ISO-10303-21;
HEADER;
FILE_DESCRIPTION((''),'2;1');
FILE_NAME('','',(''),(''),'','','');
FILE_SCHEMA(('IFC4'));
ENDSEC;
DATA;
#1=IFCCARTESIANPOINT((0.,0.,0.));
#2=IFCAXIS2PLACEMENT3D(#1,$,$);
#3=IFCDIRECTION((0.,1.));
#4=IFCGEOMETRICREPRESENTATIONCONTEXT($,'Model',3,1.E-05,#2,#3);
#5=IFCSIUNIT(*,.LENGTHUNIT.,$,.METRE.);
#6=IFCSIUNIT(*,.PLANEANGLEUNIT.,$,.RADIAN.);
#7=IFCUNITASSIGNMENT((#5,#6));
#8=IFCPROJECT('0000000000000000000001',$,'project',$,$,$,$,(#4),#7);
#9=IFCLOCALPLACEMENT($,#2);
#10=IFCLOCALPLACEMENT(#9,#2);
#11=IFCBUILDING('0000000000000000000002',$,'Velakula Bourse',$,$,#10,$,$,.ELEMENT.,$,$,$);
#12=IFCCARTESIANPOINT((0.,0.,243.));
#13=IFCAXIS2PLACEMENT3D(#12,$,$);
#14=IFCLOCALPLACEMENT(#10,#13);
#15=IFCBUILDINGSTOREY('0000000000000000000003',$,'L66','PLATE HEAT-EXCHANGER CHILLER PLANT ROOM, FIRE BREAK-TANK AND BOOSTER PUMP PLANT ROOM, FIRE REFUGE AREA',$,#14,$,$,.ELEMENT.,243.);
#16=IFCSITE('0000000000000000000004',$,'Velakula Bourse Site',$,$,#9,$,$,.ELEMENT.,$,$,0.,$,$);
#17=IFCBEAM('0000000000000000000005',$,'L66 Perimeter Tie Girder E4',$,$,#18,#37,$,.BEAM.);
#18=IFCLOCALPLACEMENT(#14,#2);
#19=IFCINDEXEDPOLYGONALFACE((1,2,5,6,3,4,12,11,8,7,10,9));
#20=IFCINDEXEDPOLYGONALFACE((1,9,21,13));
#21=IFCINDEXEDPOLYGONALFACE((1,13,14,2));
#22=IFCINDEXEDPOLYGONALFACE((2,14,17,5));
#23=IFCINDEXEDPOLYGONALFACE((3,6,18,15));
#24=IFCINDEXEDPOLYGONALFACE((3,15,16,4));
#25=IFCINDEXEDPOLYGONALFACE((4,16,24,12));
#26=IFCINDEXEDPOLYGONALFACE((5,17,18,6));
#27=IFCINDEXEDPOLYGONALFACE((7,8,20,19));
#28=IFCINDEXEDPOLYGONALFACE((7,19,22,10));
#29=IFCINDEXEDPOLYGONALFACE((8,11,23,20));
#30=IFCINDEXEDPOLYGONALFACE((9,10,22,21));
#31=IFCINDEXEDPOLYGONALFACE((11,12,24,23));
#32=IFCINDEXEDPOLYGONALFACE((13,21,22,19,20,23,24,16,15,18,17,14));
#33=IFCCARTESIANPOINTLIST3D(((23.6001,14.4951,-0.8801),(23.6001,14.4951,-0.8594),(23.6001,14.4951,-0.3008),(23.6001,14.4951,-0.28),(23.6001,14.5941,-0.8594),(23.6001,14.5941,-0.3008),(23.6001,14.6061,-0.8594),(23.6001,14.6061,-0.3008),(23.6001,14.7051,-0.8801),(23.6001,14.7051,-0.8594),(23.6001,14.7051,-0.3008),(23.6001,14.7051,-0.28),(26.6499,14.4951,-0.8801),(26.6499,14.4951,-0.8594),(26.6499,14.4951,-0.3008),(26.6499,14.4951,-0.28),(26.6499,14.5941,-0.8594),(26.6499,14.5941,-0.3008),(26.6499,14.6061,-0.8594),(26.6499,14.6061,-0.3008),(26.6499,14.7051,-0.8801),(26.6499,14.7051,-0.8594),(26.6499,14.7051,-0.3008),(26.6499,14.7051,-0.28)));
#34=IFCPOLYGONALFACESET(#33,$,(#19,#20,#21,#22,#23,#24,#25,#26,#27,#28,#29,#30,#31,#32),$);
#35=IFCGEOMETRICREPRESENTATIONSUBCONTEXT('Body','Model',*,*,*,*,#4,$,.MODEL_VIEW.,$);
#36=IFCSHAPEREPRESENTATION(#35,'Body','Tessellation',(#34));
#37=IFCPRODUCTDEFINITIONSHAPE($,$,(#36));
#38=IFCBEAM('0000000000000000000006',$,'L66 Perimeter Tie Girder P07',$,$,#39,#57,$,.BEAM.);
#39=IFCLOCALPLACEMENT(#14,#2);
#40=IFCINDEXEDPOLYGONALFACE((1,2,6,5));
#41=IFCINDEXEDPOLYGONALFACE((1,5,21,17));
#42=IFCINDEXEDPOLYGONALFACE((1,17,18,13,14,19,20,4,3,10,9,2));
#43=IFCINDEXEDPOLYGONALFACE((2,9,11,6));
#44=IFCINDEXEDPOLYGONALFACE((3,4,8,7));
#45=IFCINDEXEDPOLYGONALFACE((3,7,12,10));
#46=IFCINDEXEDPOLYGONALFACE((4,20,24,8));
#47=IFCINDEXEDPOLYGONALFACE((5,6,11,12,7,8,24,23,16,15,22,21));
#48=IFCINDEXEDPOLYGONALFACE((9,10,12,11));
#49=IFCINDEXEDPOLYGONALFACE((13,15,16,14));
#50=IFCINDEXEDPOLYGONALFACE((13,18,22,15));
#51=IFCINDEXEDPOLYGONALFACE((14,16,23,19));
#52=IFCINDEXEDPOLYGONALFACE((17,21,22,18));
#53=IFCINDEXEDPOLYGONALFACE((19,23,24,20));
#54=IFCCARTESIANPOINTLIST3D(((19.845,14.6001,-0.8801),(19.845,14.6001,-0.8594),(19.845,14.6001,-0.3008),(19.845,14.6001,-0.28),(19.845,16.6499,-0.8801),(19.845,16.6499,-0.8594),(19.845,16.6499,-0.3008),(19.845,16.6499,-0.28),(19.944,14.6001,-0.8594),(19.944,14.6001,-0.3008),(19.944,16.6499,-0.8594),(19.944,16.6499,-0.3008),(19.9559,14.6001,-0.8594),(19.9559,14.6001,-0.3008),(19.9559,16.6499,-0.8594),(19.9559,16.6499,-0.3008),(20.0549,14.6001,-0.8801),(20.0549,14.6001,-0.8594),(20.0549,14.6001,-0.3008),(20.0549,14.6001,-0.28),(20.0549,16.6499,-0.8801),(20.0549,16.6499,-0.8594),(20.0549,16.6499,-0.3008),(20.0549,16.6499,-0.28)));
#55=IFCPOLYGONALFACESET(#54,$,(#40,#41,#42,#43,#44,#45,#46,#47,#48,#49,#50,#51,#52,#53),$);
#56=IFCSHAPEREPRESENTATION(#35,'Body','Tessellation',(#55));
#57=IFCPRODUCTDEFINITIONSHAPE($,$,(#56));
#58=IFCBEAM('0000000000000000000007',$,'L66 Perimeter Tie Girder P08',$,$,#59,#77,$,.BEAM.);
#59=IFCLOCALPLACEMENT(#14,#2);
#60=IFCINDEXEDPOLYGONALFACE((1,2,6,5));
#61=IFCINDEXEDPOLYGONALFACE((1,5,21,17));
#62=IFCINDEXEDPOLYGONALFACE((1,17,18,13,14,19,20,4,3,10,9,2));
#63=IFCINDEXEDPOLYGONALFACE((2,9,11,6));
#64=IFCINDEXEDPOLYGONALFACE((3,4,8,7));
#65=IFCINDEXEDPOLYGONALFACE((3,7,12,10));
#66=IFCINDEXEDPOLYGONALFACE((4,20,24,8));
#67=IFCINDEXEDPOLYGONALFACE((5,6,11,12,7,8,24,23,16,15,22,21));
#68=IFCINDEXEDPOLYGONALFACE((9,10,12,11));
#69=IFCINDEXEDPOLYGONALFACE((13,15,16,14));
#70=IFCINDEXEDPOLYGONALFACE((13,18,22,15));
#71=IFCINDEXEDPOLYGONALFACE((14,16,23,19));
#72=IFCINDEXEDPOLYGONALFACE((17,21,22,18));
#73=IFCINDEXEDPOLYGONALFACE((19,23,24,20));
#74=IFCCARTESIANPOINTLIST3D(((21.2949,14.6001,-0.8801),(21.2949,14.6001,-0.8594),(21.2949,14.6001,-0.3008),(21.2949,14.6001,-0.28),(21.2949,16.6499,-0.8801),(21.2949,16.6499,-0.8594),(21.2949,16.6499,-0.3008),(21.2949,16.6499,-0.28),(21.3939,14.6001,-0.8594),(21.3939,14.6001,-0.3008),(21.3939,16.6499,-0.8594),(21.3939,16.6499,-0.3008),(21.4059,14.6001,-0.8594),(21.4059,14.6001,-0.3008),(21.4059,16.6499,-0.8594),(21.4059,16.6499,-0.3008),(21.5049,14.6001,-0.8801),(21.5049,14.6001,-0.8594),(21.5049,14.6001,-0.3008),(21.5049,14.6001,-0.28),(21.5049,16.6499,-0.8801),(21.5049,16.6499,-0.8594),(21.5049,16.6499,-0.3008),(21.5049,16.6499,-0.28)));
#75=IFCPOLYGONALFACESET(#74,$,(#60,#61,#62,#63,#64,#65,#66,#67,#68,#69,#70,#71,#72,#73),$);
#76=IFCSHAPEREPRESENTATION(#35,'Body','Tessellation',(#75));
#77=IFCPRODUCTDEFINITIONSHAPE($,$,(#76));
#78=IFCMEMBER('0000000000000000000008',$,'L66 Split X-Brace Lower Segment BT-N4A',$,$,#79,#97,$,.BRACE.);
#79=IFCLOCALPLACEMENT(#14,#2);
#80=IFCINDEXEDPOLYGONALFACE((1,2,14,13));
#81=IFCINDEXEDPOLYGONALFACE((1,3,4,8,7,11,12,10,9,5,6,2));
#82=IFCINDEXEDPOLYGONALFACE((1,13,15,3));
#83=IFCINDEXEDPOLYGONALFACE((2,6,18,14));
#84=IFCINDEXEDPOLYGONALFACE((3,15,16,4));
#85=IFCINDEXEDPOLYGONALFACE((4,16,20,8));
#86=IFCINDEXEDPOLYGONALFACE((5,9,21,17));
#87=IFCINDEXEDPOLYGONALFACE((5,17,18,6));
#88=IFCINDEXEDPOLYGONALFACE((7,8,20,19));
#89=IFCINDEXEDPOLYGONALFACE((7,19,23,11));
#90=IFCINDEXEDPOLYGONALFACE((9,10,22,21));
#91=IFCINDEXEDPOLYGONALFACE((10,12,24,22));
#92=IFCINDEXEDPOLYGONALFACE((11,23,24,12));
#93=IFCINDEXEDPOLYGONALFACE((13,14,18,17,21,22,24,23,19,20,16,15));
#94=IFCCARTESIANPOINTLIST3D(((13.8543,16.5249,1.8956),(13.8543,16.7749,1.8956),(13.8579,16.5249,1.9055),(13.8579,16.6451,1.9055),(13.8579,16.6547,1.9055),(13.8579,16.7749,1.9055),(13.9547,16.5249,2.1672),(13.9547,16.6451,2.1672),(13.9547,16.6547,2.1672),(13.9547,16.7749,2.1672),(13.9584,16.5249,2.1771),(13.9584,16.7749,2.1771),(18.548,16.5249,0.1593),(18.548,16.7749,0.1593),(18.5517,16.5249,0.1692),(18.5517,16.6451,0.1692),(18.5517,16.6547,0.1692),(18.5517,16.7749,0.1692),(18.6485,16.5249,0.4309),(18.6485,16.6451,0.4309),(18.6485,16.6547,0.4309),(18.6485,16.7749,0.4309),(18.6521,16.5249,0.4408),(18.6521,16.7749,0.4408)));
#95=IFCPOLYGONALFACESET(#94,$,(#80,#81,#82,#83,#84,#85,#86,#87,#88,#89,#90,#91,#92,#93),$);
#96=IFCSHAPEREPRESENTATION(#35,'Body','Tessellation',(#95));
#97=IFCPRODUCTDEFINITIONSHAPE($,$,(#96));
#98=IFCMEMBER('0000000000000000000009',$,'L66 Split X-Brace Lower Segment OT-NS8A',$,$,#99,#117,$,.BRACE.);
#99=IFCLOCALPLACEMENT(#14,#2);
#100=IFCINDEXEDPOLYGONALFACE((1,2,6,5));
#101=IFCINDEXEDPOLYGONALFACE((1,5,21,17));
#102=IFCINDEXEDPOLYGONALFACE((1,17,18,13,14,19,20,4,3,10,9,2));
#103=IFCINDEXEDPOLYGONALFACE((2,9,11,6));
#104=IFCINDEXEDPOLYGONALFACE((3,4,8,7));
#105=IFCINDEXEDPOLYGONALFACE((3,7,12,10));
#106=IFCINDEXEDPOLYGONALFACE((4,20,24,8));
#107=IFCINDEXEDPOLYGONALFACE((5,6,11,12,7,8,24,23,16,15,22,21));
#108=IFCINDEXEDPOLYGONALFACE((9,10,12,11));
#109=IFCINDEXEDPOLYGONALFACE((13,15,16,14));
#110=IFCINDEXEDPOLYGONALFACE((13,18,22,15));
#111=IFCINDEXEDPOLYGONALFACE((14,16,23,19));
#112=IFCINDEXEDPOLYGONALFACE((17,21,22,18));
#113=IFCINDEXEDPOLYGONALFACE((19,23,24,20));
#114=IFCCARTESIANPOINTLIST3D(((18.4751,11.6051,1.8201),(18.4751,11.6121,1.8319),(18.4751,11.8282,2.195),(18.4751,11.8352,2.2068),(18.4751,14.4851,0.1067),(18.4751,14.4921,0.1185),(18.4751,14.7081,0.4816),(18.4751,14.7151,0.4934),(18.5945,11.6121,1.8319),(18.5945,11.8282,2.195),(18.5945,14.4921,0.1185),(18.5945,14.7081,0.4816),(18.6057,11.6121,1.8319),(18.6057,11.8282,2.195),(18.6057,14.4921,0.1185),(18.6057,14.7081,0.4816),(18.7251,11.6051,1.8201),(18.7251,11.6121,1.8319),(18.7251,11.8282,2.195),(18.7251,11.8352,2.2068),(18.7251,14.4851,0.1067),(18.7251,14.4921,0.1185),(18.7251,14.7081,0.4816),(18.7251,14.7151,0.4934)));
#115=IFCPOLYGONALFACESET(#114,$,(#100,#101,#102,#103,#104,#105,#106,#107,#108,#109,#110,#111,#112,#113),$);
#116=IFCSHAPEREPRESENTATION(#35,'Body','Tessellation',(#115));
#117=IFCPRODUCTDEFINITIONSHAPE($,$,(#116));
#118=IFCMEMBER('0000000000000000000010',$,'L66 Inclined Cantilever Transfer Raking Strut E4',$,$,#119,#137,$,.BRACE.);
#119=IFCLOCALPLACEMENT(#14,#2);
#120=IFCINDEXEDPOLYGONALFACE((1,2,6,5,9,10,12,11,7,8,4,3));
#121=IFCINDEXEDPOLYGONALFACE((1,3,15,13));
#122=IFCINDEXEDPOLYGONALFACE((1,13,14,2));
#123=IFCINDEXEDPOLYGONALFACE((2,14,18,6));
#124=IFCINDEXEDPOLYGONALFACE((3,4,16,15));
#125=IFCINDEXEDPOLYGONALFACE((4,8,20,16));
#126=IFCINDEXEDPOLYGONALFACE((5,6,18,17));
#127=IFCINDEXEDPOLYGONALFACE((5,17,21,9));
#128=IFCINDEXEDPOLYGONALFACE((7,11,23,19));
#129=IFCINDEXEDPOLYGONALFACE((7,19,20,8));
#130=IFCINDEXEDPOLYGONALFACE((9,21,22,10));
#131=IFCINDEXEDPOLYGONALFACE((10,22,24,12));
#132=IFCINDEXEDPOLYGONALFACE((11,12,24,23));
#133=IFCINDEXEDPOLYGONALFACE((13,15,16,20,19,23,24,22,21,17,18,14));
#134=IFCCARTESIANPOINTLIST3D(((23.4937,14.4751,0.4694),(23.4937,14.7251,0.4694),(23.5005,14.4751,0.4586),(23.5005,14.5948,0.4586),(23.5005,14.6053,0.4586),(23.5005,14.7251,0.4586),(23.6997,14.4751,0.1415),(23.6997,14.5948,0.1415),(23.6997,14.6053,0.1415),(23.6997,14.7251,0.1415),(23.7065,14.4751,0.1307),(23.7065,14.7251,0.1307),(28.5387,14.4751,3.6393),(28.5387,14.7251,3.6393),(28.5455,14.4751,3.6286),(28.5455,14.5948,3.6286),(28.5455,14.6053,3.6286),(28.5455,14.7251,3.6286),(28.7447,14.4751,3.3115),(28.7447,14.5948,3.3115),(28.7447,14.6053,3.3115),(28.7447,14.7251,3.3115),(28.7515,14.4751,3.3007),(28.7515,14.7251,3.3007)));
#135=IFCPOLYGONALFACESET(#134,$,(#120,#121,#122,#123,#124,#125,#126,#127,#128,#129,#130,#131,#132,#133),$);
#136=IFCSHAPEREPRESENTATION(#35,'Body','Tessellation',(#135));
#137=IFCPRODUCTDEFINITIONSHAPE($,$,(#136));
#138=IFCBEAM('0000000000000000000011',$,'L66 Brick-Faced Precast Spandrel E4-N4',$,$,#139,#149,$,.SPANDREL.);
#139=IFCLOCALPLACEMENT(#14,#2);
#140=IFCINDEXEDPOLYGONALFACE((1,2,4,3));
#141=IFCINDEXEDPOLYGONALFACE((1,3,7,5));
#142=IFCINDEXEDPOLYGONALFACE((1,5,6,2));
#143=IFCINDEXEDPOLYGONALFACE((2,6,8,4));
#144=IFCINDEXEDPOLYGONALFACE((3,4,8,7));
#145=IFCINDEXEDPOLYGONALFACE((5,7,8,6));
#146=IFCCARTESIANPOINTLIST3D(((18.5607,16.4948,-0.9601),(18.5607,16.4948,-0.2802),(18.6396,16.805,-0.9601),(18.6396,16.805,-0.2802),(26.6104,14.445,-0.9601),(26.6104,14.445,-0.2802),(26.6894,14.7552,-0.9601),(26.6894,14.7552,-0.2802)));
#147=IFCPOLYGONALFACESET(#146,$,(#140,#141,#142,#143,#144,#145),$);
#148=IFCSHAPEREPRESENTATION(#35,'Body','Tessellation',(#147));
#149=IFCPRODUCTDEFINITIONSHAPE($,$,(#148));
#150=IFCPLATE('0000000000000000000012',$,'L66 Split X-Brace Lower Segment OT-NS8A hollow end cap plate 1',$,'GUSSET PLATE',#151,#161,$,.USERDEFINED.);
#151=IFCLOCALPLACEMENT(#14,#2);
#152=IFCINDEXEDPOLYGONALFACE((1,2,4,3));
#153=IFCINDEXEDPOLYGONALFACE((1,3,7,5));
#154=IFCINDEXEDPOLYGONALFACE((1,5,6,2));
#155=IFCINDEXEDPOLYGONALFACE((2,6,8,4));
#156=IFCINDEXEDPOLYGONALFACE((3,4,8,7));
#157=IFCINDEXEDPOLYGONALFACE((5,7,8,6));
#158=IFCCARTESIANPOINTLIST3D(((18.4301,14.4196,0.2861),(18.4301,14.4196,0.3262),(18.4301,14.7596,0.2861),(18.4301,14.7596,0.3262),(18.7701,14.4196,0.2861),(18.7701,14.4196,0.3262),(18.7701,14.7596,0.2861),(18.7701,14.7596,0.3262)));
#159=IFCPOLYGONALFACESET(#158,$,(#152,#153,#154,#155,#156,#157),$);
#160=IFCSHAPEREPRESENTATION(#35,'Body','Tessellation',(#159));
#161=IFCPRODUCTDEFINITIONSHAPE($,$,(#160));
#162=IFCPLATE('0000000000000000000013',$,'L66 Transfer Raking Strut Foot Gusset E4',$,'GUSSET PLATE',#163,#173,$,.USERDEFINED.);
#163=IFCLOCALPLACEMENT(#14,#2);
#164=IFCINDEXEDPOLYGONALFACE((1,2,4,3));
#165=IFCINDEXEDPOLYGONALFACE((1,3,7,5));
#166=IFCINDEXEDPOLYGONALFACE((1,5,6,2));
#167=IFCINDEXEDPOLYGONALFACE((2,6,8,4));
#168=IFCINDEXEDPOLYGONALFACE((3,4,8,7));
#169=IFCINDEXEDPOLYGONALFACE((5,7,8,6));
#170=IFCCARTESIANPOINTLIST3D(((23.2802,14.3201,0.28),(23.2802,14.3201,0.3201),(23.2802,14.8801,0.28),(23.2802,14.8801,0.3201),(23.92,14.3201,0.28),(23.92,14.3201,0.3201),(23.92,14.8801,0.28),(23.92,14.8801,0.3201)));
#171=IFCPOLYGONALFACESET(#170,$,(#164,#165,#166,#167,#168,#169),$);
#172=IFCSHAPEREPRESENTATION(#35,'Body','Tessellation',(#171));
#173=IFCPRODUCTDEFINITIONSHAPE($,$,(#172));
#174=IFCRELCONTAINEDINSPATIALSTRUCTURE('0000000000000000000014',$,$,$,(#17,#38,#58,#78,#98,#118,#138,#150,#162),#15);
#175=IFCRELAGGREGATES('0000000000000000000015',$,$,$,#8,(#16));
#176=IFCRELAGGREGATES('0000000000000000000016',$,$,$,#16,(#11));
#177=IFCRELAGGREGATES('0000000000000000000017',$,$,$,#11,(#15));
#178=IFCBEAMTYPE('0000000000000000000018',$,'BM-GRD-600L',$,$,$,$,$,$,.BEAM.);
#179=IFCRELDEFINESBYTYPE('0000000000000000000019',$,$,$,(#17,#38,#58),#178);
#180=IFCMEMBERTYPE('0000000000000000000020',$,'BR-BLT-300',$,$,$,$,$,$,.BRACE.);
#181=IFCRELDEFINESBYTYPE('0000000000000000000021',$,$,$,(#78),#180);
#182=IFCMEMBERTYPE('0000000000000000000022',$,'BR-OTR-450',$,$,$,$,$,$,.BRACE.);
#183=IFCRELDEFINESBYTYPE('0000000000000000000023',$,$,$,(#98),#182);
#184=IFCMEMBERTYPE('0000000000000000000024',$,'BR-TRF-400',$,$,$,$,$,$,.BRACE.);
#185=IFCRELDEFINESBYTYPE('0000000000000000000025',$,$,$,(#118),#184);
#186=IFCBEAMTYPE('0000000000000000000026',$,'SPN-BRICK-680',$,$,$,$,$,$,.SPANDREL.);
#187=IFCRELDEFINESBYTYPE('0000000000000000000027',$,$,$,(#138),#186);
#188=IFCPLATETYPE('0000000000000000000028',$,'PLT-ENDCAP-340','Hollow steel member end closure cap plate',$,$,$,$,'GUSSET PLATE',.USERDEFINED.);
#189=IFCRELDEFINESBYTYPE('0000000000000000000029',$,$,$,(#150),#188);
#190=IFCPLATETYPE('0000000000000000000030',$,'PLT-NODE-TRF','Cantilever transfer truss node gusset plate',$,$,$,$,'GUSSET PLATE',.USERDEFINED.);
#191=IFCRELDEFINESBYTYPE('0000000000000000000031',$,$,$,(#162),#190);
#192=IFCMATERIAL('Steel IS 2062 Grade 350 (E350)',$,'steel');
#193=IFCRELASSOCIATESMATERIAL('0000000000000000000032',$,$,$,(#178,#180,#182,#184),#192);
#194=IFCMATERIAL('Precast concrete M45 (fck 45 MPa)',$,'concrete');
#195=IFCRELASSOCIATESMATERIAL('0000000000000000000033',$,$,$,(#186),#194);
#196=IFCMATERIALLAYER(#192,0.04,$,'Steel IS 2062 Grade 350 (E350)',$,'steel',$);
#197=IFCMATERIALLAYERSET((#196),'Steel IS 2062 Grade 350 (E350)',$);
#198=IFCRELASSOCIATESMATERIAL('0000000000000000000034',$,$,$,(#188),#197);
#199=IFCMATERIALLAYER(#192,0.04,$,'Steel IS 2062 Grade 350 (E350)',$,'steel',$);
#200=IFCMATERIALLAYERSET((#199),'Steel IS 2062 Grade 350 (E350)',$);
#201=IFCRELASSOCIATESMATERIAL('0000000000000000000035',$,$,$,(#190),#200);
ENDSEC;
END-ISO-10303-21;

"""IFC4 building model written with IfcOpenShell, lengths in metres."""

from ifc_helpers import new_model, si_unit, direction, frame, origin, origin_2d, place, context, subcontext, project, spatial, rectangle, i_section, extrude, material, layer, layer_set, material_profile, profile_set, type_object, element, save


model = new_model("IFC4")

# Units and contexts
model_context = context("Model", 3, precision=1e-05, world=origin(), true_north=direction((0.0, 1.0)))
body_context = subcontext(model_context, "Body", "Model", "MODEL_VIEW")
ifc_project = project(units=[si_unit("LENGTHUNIT", "METRE"), si_unit("PLANEANGLEUNIT", "RADIAN")], contexts=[model_context])

# Site, building, storey
site_placement = place(None, origin())
site = spatial("IfcSite", under=ifc_project, at=site_placement, Name="Velakula Bourse Site", CompositionType="ELEMENT", RefElevation=0.0)
building_placement = place(site_placement, origin())
building = spatial("IfcBuilding", under=site, at=building_placement, Name="Velakula Bourse", CompositionType="ELEMENT")
storey_placement = place(building_placement, frame((0.0, 0.0, 243.0)))
storey = spatial("IfcBuildingStorey", under=building, at=storey_placement, Name="L66", Description="PLATE HEAT-EXCHANGER CHILLER PLANT ROOM, FIRE BREAK-TANK AND BOOSTER PUMP PLANT ROOM, FIRE REFUGE AREA", CompositionType="ELEMENT", Elevation=243.0)

# Shared definitions
ifc_material_1 = material(Name="Steel IS 2062 Grade 350 (E350)", Category="steel")
ifc_material_2 = material(Name="Precast concrete M45 (fck 45 MPa)", Category="concrete")

# Beams
ifc_material_profile_1 = material_profile(ifc_material_1, i_section(OverallWidth=0.21, OverallDepth=0.6001, WebThickness=0.012, FlangeThickness=0.0208, at=origin_2d()), Name="Steel IS 2062 Grade 350 (E350)")
ifc_profile_set_1 = profile_set([ifc_material_profile_1], Name="Steel IS 2062 Grade 350 (E350)")
beam_type_1 = type_object("IfcBeamType", Name="BM-GRD-600L", PredefinedType="BEAM", material=ifc_profile_set_1)
beam_1_placement = place(storey_placement, frame((23.6001, 14.6001, -0.5801), z_axis=(1.0, 0.0, 0.0), x_axis=(0.0, 1.0, 0.0)))
element("IfcBeam", 1, at=beam_1_placement, inside=storey, type_object=beam_type_1, Name="L66 Perimeter Tie Girder E4", PredefinedType="BEAM", context=body_context, shape_type="SweptSolid", body=[
    extrude(i_section(OverallWidth=0.21, OverallDepth=0.6001, WebThickness=0.012, FlangeThickness=0.0208, at=origin_2d()), origin(), (0.0, 0.0, 1.0), 3.0498),
])
for number, where, z_axis, x_axis, name in (
    (2, (19.95, 14.6001, -0.5801), (0.0, 1.0, 0.0), (-1.0, 0.0, 0.0), "L66 Perimeter Tie Girder P07"),
    (3, (21.3999, 14.6001, -0.5801), (0.0, 1.0, 0.0), (-1.0, 0.0, 0.0), "L66 Perimeter Tie Girder P08"),
):
    element("IfcBeam", number, at=place(storey_placement, frame(where, z_axis=z_axis, x_axis=x_axis)), inside=storey, type_object=beam_type_1, Name=name, PredefinedType="BEAM", context=body_context, shape_type="SweptSolid", body=[
        extrude(i_section(OverallWidth=0.21, OverallDepth=0.6001, WebThickness=0.012, FlangeThickness=0.0208, at=origin_2d()), origin(), (0.0, 0.0, 1.0), 2.0498),
    ])

# Members
ifc_material_profile_2 = material_profile(ifc_material_1, i_section(OverallWidth=0.25, OverallDepth=0.3, WebThickness=0.0095, FlangeThickness=0.0105, at=origin_2d()), Name="Steel IS 2062 Grade 350 (E350)")
ifc_profile_set_2 = profile_set([ifc_material_profile_2], Name="Steel IS 2062 Grade 350 (E350)")
member_type_1 = type_object("IfcMemberType", Name="BR-BLT-300", PredefinedType="BRACE", material=ifc_profile_set_2)
member_1_placement = place(storey_placement, frame((18.6001, 16.6499, 0.3), z_axis=(-0.937888, 0.0, 0.346939), x_axis=(0.0, -1.0, 0.0)))
element("IfcMember", 4, at=member_1_placement, inside=storey, type_object=member_type_1, Name="L66 Split X-Brace Lower Segment BT-N4A", PredefinedType="BRACE", context=body_context, shape_type="SweptSolid", body=[
    extrude(i_section(OverallWidth=0.25, OverallDepth=0.3, WebThickness=0.0095, FlangeThickness=0.0105, at=origin_2d()), origin(), (0.0, 0.0, 1.0), 5.0046),
])
ifc_material_profile_3 = material_profile(ifc_material_1, i_section(OverallWidth=0.25, OverallDepth=0.45, WebThickness=0.0112, FlangeThickness=0.0137, at=origin_2d()), Name="Steel IS 2062 Grade 350 (E350)")
ifc_profile_set_3 = profile_set([ifc_material_profile_3], Name="Steel IS 2062 Grade 350 (E350)")
member_type_2 = type_object("IfcMemberType", Name="BR-OTR-450", PredefinedType="BRACE", material=ifc_profile_set_3)
member_2_placement = place(storey_placement, frame((18.6001, 14.6001, 0.3), z_axis=(0.0, -0.859403, 0.511299), x_axis=(1.0, 0.0, 0.0)))
element("IfcMember", 5, at=member_2_placement, inside=storey, type_object=member_type_2, Name="L66 Split X-Brace Lower Segment OT-NS8A", PredefinedType="BRACE", context=body_context, shape_type="SweptSolid", body=[
    extrude(i_section(OverallWidth=0.25, OverallDepth=0.45, WebThickness=0.0112, FlangeThickness=0.0137, at=origin_2d()), origin(), (0.0, 0.0, 1.0), 3.3511),
])
ifc_material_profile_4 = material_profile(ifc_material_1, i_section(OverallWidth=0.25, OverallDepth=0.3999, WebThickness=0.0105, FlangeThickness=0.0127, at=origin_2d()), Name="Steel IS 2062 Grade 350 (E350)")
ifc_profile_set_4 = profile_set([ifc_material_profile_4], Name="Steel IS 2062 Grade 350 (E350)")
member_type_3 = type_object("IfcMemberType", Name="BR-TRF-400", PredefinedType="BRACE", material=ifc_profile_set_4)
member_3_placement = place(storey_placement, frame((23.6001, 14.6001, 0.3), z_axis=(0.846725, 0.0, 0.532031), x_axis=(0.0, 1.0, 0.0)))
element("IfcMember", 6, at=member_3_placement, inside=storey, type_object=member_type_3, Name="L66 Inclined Cantilever Transfer Raking Strut E4", PredefinedType="BRACE", context=body_context, shape_type="SweptSolid", body=[
    extrude(i_section(OverallWidth=0.25, OverallDepth=0.3999, WebThickness=0.0105, FlangeThickness=0.0127, at=origin_2d()), origin(), (0.0, 0.0, 1.0), 5.9583),
])

# Beam
ifc_material_profile_5 = material_profile(ifc_material_2, rectangle(XDim=0.3201, YDim=0.6799, at=origin_2d()), Name="Precast concrete M45 (fck 45 MPa)")
ifc_profile_set_5 = profile_set([ifc_material_profile_5], Name="Precast concrete M45 (fck 45 MPa)")
beam_type_2 = type_object("IfcBeamType", Name="SPN-BRICK-680", PredefinedType="SPANDREL", material=ifc_profile_set_5)
beam_2_placement = place(storey_placement, frame((26.6499, 14.6001, -0.6201), z_axis=(-0.969075, 0.246766, 0.0), x_axis=(-0.246766, -0.969075, 0.0)))
element("IfcBeam", 7, at=beam_2_placement, inside=storey, type_object=beam_type_2, Name="L66 Brick-Faced Precast Spandrel E4-N4", PredefinedType="SPANDREL", context=body_context, shape_type="SweptSolid", body=[
    extrude(rectangle(XDim=0.3201, YDim=0.6799, at=origin_2d()), origin(), (0.0, 0.0, 1.0), 8.3066),
])

# Plates
ifc_layer_1 = layer(ifc_material_1, 0.04, Name="Steel IS 2062 Grade 350 (E350)", Category="steel")
ifc_layer_set_1 = layer_set([ifc_layer_1], Name="Steel IS 2062 Grade 350 (E350)")
plate_type_1 = type_object("IfcPlateType", Name="PLT-ENDCAP-340", Description="Hollow steel member end closure cap plate", ElementType="GUSSET PLATE", PredefinedType="USERDEFINED", material=ifc_layer_set_1)
plate_1_placement = place(storey_placement, frame((18.6001, 14.5896, 0.2861), z_axis=(0.0, 0.0, 1.0), x_axis=(0.0, -1.0, 0.0)))
element("IfcPlate", 8, at=plate_1_placement, inside=storey, type_object=plate_type_1, Name="L66 Split X-Brace Lower Segment OT-NS8A hollow end cap plate 1", ObjectType="GUSSET PLATE", PredefinedType="USERDEFINED", context=body_context, shape_type="SweptSolid", body=[
    extrude(rectangle(XDim=0.3401, YDim=0.3401, at=origin_2d()), origin(), (0.0, 0.0, 1.0), 0.04),
])
ifc_layer_2 = layer(ifc_material_1, 0.04, Name="Steel IS 2062 Grade 350 (E350)", Category="steel")
ifc_layer_set_2 = layer_set([ifc_layer_2], Name="Steel IS 2062 Grade 350 (E350)")
plate_type_2 = type_object("IfcPlateType", Name="PLT-NODE-TRF", Description="Cantilever transfer truss node gusset plate", ElementType="GUSSET PLATE", PredefinedType="USERDEFINED", material=ifc_layer_set_2)
plate_2_placement = place(storey_placement, frame((23.6001, 14.6001, 0.28), z_axis=(0.0, 0.0, 1.0), x_axis=(1.0, 0.0, 0.0)))
element("IfcPlate", 9, at=plate_2_placement, inside=storey, type_object=plate_type_2, Name="L66 Transfer Raking Strut Foot Gusset E4", ObjectType="GUSSET PLATE", PredefinedType="USERDEFINED", context=body_context, shape_type="SweptSolid", body=[
    extrude(rectangle(XDim=0.6399, YDim=0.5601, at=origin_2d()), origin(), (0.0, 0.0, 1.0), 0.04),
])

save(model, "model.ifc")
